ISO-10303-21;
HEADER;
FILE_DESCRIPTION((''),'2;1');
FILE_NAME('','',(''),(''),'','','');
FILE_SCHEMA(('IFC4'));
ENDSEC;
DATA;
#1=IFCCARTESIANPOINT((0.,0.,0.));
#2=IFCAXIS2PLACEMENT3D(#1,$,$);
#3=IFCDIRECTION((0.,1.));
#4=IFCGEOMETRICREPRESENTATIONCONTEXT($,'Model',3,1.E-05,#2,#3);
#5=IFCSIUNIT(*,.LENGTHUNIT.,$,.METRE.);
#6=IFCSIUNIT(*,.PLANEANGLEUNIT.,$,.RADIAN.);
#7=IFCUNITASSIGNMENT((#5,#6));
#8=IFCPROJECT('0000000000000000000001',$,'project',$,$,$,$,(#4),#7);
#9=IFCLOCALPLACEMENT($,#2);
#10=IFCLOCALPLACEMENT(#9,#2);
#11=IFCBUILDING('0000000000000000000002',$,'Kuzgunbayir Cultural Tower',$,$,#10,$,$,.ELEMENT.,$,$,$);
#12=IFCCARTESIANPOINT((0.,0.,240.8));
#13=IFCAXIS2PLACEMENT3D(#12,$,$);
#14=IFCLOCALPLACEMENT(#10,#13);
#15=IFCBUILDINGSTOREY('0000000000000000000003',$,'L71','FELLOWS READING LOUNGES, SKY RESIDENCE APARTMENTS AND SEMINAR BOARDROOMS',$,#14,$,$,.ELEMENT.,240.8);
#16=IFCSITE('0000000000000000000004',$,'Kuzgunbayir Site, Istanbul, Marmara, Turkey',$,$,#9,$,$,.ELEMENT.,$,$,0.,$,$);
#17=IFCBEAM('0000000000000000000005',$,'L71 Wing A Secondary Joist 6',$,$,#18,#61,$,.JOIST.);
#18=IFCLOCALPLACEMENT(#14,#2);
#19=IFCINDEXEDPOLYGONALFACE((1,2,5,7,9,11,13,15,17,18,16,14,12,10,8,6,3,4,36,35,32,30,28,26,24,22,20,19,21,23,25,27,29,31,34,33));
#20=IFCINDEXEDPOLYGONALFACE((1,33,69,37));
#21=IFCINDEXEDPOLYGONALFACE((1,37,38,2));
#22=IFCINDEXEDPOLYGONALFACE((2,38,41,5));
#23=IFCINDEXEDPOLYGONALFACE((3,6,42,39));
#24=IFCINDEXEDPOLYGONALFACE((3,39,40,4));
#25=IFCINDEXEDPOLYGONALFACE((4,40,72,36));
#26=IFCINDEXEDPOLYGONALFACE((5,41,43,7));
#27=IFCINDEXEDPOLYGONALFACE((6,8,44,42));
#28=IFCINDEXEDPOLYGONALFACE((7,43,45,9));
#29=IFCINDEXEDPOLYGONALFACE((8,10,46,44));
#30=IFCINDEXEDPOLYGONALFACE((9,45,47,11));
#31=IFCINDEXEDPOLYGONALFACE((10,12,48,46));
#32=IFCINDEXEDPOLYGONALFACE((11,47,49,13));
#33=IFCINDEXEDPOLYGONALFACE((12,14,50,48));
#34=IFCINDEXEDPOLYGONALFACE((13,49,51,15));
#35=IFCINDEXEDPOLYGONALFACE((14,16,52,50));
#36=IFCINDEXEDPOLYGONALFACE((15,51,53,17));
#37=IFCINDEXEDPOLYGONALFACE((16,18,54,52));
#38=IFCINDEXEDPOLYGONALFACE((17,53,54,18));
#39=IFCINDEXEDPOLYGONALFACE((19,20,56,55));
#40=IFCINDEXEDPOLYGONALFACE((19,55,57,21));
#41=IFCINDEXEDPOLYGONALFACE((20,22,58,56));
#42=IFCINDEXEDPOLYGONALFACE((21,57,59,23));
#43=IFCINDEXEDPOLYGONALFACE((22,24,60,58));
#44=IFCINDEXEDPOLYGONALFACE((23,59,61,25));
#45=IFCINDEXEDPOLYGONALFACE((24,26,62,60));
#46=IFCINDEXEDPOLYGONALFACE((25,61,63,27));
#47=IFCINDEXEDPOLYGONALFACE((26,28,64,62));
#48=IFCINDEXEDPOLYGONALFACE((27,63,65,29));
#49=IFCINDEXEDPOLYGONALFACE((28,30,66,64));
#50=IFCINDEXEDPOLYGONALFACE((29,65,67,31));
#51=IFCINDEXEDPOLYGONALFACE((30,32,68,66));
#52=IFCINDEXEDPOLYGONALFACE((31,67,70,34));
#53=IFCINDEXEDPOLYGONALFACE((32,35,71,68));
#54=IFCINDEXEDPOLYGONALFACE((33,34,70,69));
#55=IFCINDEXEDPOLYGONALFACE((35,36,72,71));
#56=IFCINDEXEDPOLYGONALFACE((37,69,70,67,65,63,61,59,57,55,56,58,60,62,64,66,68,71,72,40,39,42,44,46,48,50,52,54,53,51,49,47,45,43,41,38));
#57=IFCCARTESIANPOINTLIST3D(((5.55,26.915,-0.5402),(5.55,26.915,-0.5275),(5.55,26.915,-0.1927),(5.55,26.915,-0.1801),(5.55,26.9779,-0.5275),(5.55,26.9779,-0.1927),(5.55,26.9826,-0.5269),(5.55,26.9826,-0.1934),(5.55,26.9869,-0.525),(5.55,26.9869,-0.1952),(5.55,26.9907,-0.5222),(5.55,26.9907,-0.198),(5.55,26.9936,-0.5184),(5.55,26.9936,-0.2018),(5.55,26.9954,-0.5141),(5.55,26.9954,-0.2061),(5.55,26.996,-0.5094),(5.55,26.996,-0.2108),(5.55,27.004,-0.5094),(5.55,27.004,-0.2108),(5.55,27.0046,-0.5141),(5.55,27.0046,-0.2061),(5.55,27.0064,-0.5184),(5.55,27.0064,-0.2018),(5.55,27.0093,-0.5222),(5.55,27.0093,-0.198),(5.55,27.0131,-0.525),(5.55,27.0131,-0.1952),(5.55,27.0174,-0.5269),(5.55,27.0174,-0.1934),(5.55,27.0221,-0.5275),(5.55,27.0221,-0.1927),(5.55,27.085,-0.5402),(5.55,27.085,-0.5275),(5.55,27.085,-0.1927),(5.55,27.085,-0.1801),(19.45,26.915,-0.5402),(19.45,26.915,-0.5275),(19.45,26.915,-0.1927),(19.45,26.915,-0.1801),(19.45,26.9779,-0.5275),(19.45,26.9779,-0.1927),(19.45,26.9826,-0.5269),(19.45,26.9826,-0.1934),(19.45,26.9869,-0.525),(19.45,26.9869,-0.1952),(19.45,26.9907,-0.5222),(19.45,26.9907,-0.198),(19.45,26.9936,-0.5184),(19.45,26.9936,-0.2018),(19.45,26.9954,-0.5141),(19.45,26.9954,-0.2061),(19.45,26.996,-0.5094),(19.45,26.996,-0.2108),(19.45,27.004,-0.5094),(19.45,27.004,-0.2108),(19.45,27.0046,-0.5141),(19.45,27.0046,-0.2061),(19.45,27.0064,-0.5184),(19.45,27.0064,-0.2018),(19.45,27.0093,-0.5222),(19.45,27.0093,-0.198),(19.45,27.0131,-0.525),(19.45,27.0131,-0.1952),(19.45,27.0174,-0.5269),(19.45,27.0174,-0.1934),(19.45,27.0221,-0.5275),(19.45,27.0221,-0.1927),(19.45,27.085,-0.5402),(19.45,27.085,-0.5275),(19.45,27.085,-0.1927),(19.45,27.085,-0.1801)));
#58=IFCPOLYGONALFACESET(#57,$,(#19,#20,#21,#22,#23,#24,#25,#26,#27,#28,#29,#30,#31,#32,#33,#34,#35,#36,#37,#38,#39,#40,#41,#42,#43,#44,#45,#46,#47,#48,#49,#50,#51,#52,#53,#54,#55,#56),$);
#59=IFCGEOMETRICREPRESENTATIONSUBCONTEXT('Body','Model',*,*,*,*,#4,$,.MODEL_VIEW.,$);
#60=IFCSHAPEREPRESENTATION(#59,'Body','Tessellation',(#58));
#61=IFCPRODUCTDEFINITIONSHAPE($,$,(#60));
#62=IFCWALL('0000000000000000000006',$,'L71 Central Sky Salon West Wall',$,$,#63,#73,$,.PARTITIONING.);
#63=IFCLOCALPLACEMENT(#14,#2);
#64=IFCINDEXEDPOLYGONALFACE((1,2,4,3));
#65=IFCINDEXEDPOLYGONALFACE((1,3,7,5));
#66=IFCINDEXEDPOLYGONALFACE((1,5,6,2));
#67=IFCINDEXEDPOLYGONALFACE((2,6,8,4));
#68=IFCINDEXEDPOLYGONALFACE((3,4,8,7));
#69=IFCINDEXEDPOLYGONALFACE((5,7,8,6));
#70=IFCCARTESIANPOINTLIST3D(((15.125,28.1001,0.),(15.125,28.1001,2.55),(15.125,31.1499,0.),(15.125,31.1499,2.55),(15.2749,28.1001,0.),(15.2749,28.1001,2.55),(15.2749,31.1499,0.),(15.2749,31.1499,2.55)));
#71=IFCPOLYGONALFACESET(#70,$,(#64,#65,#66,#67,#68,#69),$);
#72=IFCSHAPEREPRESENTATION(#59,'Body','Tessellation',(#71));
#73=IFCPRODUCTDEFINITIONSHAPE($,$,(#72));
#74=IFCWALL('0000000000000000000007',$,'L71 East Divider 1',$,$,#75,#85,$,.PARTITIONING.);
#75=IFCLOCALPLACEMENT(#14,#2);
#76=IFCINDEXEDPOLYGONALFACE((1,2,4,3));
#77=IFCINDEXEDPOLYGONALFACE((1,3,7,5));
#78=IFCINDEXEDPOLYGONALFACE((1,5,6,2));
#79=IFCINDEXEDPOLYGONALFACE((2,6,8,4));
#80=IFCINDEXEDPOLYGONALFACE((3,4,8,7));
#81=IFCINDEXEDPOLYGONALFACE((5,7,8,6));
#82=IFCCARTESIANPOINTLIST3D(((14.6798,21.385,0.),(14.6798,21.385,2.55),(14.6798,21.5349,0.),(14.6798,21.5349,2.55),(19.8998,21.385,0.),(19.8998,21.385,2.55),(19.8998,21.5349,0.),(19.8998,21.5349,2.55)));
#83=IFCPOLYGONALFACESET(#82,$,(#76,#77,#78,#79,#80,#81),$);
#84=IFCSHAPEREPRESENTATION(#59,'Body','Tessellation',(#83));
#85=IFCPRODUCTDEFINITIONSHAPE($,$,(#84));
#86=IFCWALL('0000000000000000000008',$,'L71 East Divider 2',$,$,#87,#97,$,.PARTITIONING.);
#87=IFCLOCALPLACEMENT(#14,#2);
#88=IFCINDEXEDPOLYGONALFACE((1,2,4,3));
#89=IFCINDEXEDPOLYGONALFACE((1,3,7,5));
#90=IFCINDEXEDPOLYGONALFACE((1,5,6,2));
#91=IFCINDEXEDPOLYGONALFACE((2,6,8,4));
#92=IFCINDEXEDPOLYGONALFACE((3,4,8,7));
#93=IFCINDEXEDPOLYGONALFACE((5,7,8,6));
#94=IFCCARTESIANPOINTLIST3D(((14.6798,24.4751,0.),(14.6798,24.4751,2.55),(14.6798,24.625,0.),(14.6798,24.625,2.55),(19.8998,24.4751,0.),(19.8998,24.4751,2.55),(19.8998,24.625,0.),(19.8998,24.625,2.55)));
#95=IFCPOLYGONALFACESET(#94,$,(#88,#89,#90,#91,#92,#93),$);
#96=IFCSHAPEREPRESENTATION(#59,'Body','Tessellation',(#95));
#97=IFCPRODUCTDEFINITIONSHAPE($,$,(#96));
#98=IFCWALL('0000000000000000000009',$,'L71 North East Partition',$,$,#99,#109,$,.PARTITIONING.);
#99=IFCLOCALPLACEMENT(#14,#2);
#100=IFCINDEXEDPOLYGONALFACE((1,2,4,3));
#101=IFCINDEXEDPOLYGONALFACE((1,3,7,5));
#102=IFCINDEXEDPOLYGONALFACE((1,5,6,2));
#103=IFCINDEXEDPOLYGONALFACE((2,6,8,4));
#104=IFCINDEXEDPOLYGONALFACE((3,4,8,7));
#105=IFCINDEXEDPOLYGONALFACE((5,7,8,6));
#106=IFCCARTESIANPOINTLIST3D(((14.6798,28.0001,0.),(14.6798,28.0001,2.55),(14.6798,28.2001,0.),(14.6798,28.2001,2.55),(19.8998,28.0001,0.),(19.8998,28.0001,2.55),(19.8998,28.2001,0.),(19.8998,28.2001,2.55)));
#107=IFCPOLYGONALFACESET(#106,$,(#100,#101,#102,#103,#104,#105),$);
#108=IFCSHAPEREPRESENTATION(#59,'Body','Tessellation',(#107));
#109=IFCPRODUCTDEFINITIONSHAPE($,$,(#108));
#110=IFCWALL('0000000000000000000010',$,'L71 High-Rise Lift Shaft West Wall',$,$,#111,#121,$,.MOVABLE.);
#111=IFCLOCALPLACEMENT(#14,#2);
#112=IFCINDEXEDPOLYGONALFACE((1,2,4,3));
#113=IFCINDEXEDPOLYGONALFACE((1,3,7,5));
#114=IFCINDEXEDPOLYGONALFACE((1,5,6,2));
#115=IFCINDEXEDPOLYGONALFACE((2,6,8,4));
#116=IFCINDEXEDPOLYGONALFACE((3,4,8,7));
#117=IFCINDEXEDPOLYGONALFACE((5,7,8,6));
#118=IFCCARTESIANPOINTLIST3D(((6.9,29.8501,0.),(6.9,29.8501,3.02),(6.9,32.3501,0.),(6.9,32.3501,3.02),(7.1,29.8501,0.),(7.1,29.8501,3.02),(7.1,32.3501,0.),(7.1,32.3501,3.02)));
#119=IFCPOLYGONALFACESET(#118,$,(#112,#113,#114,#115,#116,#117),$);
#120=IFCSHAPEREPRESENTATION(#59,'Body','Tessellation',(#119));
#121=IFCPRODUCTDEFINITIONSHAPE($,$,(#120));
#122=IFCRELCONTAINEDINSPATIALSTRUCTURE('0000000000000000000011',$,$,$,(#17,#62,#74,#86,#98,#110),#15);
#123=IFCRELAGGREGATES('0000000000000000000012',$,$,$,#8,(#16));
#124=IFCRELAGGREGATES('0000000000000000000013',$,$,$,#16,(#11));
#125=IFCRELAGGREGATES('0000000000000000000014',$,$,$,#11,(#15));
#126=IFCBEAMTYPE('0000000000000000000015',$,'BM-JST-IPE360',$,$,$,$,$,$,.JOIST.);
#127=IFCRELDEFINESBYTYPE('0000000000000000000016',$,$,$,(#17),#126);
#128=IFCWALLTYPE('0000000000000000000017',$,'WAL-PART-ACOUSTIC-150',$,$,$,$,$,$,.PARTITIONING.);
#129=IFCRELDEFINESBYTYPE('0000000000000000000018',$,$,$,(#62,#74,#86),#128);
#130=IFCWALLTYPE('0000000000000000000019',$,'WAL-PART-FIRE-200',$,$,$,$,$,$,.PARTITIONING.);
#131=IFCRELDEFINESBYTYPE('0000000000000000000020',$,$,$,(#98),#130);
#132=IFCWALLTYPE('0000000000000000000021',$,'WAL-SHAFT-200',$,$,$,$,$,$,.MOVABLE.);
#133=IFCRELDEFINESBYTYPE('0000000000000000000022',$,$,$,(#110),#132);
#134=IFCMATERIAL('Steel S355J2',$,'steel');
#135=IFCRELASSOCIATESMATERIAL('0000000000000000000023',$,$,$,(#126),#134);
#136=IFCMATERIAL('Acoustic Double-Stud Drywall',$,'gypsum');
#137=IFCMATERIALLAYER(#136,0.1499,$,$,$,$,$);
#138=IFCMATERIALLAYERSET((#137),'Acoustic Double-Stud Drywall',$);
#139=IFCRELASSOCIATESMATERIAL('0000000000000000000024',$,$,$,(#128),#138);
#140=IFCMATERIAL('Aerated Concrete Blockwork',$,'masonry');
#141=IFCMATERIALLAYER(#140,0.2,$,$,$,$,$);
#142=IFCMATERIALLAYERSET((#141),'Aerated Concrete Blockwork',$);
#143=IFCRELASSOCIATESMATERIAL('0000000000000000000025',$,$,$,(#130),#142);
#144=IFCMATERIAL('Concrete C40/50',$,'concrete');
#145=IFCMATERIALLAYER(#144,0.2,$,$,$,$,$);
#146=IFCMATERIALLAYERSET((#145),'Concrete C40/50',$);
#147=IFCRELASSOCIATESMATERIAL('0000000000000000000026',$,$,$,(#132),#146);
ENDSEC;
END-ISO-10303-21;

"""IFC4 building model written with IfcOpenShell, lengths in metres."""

from ifc_helpers import new_model, si_unit, direction, frame, frame_2d, origin, origin_2d, place, context, subcontext, project, spatial, rectangle, i_section, extrude, material, layer, layer_set, material_profile, profile_set, type_object, element, save


model = new_model("IFC4")

# Units and contexts
model_context = context("Model", 3, precision=1e-05, world=origin(), true_north=direction((0.0, 1.0)))
body_context = subcontext(model_context, "Body", "Model", "MODEL_VIEW")
ifc_project = project(units=[si_unit("LENGTHUNIT", "METRE"), si_unit("PLANEANGLEUNIT", "RADIAN")], contexts=[model_context])

# Site, building, storey
site_placement = place(None, origin())
site = spatial("IfcSite", under=ifc_project, at=site_placement, Name="Kuzgunbayir Site, Istanbul, Marmara, Turkey", CompositionType="ELEMENT", RefElevation=0.0)
building_placement = place(site_placement, origin())
building = spatial("IfcBuilding", under=site, at=building_placement, Name="Kuzgunbayir Cultural Tower", CompositionType="ELEMENT")
storey_placement = place(building_placement, frame((0.0, 0.0, 240.8)))
storey = spatial("IfcBuildingStorey", under=building, at=storey_placement, Name="L71", Description="FELLOWS READING LOUNGES, SKY RESIDENCE APARTMENTS AND SEMINAR BOARDROOMS", CompositionType="ELEMENT", Elevation=240.8)

# Beam
ifc_material_1 = material(Name="Steel S355J2", Category="steel")
ifc_material_profile_1 = material_profile(ifc_material_1, i_section(OverallWidth=0.1699, OverallDepth=0.3601, WebThickness=0.0081, FlangeThickness=0.0127, FilletRadius=0.0181, at=origin_2d()), Name="IPE 360")
ifc_profile_set_1 = profile_set([ifc_material_profile_1], Name="Steel S355J2")
beam_type_1 = type_object("IfcBeamType", Name="BM-JST-IPE360", PredefinedType="JOIST", material=ifc_profile_set_1)
for number, where, z_axis, x_axis, name in (
    (1, (5.55, 27.0, -0.3601), (1.0, 0.0, 0.0), (0.0, 1.0, 0.0), "L71 Wing A Secondary Joist 6"),
):
    element("IfcBeam", number, at=place(storey_placement, frame(where, z_axis=z_axis, x_axis=x_axis)), inside=storey, type_object=beam_type_1, Name=name, PredefinedType="JOIST", context=body_context, shape_type="SweptSolid", body=[
        extrude(i_section(OverallWidth=0.1699, OverallDepth=0.3601, WebThickness=0.0081, FlangeThickness=0.0127, FilletRadius=0.0181, at=origin_2d()), origin(), (0.0, 0.0, 1.0), 13.8999),
    ])

# Walls
ifc_material_2 = material(Name="Acoustic Double-Stud Drywall", Category="gypsum")
ifc_layer_1 = layer(ifc_material_2, 0.1499)
ifc_layer_set_1 = layer_set([ifc_layer_1], Name="Acoustic Double-Stud Drywall")
wall_type_1 = type_object("IfcWallType", Name="WAL-PART-ACOUSTIC-150", PredefinedType="PARTITIONING", material=ifc_layer_set_1)
wall_1_placement = place(storey_placement, frame((15.2, 28.1001, 0.0), z_axis=(0.0, 0.0, 1.0), x_axis=(0.0, 1.0, 0.0)))
element("IfcWall", 2, at=wall_1_placement, inside=storey, type_object=wall_type_1, Name="L71 Central Sky Salon West Wall", PredefinedType="PARTITIONING", context=body_context, shape_type="SweptSolid", body=[
    extrude(rectangle(XDim=3.0498, YDim=0.1499, at=frame_2d((1.5249, 0.0))), origin(), (0.0, 0.0, 1.0), 2.55),
])
for number, where, z_axis, x_axis, name in (
    (3, (14.6799, 21.46, 0.0), (0.0, 0.0, 1.0), (1.0, 0.0, 0.0), "L71 East Divider 1"),
    (4, (14.6799, 24.55, 0.0), (0.0, 0.0, 1.0), (1.0, 0.0, 0.0), "L71 East Divider 2"),
):
    element("IfcWall", number, at=place(storey_placement, frame(where, z_axis=z_axis, x_axis=x_axis)), inside=storey, type_object=wall_type_1, Name=name, PredefinedType="PARTITIONING", context=body_context, shape_type="SweptSolid", body=[
        extrude(rectangle(XDim=5.22, YDim=0.1499, at=frame_2d((2.6099, 0.0))), origin(), (0.0, 0.0, 1.0), 2.55),
    ])
ifc_material_3 = material(Name="Aerated Concrete Blockwork", Category="masonry")
ifc_layer_2 = layer(ifc_material_3, 0.2)
ifc_layer_set_2 = layer_set([ifc_layer_2], Name="Aerated Concrete Blockwork")
wall_type_2 = type_object("IfcWallType", Name="WAL-PART-FIRE-200", PredefinedType="PARTITIONING", material=ifc_layer_set_2)
wall_2_placement = place(storey_placement, frame((14.6799, 28.1001, 0.0), z_axis=(0.0, 0.0, 1.0), x_axis=(1.0, 0.0, 0.0)))
element("IfcWall", 5, at=wall_2_placement, inside=storey, type_object=wall_type_2, Name="L71 North East Partition", PredefinedType="PARTITIONING", context=body_context, shape_type="SweptSolid", body=[
    extrude(rectangle(XDim=5.22, YDim=0.2, at=frame_2d((2.6099, 0.0))), origin(), (0.0, 0.0, 1.0), 2.55),
])

# Shared definitions
ifc_material_4 = material(Name="Concrete C40/50", Category="concrete")
ifc_layer_3 = layer(ifc_material_4, 0.2)
ifc_layer_set_3 = layer_set([ifc_layer_3], Name="Concrete C40/50")
wall_type_3 = type_object("IfcWallType", Name="WAL-SHAFT-200", PredefinedType="MOVABLE", material=ifc_layer_set_3)

# Wall
wall_3_placement = place(storey_placement, frame((7.0, 29.8501, 0.0), z_axis=(0.0, 0.0, 1.0), x_axis=(0.0, 1.0, 0.0)))
element("IfcWall", 6, at=wall_3_placement, inside=storey, type_object=wall_type_3, Name="L71 High-Rise Lift Shaft West Wall", PredefinedType="MOVABLE", context=body_context, shape_type="SweptSolid", body=[
    extrude(rectangle(XDim=2.5, YDim=0.2, at=frame_2d((1.25, 0.0))), origin(), (0.0, 0.0, 1.0), 3.02),
])

save(model, "model.ifc")
